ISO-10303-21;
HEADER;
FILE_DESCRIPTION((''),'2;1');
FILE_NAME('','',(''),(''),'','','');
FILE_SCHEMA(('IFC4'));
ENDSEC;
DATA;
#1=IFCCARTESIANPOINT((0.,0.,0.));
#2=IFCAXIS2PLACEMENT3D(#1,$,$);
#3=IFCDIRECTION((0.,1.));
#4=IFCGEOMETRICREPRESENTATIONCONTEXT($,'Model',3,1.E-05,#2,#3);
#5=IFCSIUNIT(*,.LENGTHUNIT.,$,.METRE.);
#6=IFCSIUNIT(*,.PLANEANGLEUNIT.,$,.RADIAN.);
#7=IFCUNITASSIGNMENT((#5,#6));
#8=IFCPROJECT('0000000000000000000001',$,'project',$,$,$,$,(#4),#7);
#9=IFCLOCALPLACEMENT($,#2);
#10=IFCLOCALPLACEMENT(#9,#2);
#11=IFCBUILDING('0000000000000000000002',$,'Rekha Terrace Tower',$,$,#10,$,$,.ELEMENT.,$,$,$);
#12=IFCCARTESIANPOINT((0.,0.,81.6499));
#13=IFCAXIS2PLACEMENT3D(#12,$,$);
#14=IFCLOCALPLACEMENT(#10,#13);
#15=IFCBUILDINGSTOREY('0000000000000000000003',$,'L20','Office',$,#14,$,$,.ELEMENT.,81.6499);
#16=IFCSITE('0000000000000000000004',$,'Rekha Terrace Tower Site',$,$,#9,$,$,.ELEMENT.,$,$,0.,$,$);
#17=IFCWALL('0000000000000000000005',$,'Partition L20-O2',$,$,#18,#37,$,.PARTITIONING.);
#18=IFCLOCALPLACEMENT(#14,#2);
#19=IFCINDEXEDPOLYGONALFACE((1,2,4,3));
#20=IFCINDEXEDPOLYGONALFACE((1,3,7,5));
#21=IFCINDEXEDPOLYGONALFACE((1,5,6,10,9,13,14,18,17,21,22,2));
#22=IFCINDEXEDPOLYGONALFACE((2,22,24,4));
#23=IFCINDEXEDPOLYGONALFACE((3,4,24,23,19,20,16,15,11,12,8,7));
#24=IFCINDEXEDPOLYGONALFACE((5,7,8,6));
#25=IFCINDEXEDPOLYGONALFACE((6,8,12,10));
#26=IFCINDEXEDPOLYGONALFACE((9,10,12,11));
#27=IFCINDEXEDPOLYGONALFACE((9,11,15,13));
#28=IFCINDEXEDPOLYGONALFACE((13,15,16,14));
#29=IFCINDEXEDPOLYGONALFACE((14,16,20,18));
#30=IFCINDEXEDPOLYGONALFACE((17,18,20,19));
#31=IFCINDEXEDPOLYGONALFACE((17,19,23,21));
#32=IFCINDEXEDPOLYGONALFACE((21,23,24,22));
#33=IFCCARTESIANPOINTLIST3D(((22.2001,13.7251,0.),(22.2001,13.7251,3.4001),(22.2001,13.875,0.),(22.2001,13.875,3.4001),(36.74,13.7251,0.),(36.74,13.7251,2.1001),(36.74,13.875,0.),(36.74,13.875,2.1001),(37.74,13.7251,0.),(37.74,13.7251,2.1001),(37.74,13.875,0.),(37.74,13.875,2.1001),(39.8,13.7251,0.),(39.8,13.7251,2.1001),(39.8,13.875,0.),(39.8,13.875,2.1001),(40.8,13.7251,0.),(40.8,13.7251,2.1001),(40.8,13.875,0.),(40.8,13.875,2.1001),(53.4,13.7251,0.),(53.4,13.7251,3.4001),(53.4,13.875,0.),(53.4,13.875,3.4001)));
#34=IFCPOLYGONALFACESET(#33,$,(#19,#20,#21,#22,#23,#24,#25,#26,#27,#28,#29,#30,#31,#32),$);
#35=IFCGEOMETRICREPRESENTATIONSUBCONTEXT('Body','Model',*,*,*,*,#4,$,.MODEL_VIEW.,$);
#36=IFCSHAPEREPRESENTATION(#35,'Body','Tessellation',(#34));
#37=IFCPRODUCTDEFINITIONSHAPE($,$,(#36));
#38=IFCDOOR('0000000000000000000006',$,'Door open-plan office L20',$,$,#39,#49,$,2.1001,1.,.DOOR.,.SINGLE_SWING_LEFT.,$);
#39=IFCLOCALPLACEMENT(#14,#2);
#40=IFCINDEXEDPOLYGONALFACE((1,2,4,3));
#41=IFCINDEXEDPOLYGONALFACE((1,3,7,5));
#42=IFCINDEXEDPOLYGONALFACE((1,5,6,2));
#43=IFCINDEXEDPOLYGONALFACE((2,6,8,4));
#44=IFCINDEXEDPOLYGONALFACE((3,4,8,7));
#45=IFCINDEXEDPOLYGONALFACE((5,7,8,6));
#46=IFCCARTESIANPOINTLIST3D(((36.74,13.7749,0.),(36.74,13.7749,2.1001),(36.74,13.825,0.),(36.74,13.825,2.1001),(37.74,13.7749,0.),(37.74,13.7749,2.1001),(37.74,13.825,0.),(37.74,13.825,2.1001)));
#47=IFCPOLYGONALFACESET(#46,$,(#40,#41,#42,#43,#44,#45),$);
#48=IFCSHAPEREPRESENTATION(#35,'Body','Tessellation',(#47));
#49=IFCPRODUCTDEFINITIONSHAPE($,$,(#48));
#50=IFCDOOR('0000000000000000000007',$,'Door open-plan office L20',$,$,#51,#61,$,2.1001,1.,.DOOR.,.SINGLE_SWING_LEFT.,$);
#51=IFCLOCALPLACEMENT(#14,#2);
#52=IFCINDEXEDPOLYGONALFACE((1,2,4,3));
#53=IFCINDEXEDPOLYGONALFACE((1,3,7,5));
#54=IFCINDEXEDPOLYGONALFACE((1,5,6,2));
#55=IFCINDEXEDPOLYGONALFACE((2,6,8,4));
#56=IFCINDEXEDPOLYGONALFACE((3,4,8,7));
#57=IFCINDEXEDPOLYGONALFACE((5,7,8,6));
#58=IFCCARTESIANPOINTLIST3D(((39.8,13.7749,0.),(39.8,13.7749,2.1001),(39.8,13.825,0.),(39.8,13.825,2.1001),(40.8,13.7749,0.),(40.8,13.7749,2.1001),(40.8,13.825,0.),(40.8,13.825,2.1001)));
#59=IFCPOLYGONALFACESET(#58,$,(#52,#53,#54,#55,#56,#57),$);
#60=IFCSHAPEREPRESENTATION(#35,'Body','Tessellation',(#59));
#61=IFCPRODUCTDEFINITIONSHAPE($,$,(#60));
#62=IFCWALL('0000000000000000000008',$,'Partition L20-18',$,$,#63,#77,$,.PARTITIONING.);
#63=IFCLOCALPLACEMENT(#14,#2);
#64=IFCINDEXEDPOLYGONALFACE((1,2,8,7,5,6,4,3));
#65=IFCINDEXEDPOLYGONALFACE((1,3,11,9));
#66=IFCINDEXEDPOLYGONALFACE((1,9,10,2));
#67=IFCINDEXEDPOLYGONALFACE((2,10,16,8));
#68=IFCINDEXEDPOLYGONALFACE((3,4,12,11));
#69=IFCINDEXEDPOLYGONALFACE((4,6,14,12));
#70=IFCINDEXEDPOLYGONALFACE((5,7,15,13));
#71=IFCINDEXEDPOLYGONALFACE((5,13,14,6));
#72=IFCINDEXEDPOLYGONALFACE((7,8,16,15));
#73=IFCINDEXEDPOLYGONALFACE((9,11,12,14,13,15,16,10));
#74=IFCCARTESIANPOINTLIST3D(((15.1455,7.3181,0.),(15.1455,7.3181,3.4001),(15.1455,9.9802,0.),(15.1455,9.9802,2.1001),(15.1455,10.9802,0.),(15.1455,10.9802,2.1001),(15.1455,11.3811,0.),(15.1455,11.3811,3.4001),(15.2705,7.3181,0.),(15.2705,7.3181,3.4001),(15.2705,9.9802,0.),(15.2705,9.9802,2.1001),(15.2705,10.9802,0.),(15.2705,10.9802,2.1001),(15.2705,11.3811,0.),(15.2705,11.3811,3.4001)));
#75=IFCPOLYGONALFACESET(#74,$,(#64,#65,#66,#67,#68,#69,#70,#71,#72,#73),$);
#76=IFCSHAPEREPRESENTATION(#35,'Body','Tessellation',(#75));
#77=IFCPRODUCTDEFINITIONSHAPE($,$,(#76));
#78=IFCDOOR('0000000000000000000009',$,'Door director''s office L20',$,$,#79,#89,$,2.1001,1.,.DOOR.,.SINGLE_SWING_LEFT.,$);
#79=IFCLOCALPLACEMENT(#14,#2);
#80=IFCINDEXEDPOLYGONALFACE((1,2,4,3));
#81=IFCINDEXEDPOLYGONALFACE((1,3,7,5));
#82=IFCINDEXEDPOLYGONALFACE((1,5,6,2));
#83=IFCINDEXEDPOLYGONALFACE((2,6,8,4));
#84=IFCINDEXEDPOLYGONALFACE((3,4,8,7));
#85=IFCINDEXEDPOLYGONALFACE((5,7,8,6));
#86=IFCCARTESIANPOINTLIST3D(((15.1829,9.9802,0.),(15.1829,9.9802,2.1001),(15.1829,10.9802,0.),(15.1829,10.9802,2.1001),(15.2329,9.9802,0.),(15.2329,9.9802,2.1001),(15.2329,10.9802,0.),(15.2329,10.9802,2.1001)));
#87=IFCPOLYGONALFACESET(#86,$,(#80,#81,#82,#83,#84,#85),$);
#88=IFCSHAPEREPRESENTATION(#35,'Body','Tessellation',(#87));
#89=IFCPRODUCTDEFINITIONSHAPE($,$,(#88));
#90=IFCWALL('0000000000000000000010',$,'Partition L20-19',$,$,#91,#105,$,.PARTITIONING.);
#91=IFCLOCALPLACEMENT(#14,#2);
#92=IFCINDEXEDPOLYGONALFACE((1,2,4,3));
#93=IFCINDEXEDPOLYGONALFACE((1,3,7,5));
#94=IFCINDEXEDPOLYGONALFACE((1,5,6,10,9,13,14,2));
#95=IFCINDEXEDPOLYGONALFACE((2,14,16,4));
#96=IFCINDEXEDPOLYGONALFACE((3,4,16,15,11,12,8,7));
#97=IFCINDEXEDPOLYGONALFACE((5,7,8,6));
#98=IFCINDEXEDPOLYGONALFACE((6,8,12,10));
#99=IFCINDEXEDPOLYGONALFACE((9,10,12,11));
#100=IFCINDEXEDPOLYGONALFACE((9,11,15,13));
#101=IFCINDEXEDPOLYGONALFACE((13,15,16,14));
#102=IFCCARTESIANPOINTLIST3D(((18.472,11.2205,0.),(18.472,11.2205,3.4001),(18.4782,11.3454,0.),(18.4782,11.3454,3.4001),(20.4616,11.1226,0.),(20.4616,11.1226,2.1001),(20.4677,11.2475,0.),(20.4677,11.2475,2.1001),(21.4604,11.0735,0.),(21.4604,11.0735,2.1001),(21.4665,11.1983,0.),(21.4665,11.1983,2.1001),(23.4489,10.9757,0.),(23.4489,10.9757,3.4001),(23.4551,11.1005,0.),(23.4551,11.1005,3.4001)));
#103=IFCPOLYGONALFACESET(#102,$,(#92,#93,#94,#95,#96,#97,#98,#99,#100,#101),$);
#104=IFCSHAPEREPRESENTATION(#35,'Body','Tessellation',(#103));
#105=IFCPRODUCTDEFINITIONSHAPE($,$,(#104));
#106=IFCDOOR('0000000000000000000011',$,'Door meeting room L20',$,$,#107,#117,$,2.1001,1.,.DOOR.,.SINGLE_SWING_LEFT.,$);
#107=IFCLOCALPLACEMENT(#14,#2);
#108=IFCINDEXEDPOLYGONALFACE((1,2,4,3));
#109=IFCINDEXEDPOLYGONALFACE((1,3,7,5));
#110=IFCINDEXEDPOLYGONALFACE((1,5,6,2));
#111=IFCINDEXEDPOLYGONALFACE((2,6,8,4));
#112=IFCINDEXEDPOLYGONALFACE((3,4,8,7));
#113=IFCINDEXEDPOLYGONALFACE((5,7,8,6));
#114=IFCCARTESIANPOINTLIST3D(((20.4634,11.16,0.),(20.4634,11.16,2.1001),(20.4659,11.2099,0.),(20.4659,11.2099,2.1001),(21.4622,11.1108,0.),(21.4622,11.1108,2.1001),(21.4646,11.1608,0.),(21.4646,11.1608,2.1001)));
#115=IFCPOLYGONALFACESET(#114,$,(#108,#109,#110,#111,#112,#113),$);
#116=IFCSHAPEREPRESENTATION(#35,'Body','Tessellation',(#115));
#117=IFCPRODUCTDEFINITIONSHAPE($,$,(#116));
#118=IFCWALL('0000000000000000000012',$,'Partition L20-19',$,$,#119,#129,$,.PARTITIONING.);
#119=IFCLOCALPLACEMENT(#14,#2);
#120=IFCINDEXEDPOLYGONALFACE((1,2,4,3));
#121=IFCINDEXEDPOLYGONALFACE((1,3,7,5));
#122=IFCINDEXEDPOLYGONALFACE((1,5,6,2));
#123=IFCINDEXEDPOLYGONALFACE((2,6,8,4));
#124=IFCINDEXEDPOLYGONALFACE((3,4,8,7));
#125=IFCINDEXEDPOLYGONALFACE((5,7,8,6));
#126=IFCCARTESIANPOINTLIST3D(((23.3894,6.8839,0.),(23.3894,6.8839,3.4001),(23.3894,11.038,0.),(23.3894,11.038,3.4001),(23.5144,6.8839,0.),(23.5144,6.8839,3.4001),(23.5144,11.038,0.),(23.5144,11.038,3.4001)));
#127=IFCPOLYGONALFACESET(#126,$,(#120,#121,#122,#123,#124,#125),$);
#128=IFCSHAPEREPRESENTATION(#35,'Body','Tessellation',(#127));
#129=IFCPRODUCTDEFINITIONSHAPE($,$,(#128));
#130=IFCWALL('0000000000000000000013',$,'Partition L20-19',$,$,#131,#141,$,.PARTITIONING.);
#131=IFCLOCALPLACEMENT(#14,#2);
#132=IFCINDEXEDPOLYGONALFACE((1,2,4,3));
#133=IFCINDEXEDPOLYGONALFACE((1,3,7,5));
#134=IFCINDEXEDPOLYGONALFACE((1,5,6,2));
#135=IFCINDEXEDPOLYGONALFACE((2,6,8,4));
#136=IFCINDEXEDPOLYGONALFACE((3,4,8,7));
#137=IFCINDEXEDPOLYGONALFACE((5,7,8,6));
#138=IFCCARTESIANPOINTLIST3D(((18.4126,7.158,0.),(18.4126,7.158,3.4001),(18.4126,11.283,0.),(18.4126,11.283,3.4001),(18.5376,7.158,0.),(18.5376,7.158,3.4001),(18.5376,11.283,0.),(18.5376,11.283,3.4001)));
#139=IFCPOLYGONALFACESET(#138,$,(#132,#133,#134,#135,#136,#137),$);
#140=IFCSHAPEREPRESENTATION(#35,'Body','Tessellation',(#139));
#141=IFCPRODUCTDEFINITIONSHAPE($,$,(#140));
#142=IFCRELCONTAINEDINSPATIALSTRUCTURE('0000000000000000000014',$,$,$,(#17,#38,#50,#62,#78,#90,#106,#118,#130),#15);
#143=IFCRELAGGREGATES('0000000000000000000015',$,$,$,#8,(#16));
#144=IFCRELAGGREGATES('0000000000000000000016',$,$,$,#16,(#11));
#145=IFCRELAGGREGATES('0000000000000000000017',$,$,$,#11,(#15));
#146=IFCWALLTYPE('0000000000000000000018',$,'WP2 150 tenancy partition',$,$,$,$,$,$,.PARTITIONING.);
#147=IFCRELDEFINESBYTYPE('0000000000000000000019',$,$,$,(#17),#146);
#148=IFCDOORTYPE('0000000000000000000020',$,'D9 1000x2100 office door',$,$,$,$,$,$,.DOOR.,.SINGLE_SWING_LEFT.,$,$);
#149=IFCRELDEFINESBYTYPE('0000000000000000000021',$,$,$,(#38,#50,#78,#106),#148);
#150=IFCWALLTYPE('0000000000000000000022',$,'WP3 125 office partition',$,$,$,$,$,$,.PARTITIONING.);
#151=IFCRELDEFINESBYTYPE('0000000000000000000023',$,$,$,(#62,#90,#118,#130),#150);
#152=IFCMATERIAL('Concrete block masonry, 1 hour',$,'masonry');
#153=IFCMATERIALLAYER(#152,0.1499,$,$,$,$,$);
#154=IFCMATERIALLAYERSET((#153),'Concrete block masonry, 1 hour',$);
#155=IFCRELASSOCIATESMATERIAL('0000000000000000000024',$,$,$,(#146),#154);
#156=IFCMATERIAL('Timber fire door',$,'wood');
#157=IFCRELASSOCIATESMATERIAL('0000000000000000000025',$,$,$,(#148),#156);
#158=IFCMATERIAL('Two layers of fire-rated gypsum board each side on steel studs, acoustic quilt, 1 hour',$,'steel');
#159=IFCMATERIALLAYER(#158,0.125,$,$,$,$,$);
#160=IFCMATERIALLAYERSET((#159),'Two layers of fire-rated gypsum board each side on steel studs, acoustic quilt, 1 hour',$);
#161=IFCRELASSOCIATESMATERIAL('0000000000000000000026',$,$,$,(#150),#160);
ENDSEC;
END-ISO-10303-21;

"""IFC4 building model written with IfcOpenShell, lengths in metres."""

from ifc_helpers import new_model, si_unit, direction, frame, frame_2d, origin, place, context, subcontext, project, spatial, rectangle, extrude, material, layer, layer_set, type_object, element, fill, save


model = new_model("IFC4")

# Units and contexts
model_context = context("Model", 3, precision=1e-05, world=origin(), true_north=direction((0.0, 1.0)))
body_context = subcontext(model_context, "Body", "Model", "MODEL_VIEW")
ifc_project = project(units=[si_unit("LENGTHUNIT", "METRE"), si_unit("PLANEANGLEUNIT", "RADIAN")], contexts=[model_context])

# Site, building, storey
site_placement = place(None, origin())
site = spatial("IfcSite", under=ifc_project, at=site_placement, Name="Rekha Terrace Tower Site", CompositionType="ELEMENT", RefElevation=0.0)
building_placement = place(site_placement, origin())
building = spatial("IfcBuilding", under=site, at=building_placement, Name="Rekha Terrace Tower", CompositionType="ELEMENT")
storey_placement = place(building_placement, frame((0.0, 0.0, 81.6499)))
storey = spatial("IfcBuildingStorey", under=building, at=storey_placement, Name="L20", Description="Office", CompositionType="ELEMENT", Elevation=81.6499)

# Shared definitions
ifc_material_1 = material(Name="Concrete block masonry, 1 hour", Category="masonry")
ifc_layer_1 = layer(ifc_material_1, 0.1499)
ifc_layer_set_1 = layer_set([ifc_layer_1], Name="Concrete block masonry, 1 hour")
wall_type_1 = type_object("IfcWallType", Name="WP2 150 tenancy partition", PredefinedType="PARTITIONING", material=ifc_layer_set_1)

# Wall, openings, doors
wall_1_placement = place(storey_placement, frame((22.2, 13.8, 0.0), z_axis=(0.0, 0.0, 1.0), x_axis=(1.0, 0.0, 0.0)))
wall_1 = element("IfcWall", 1, at=wall_1_placement, inside=storey, type_object=wall_type_1, Name="Partition L20-O2", PredefinedType="PARTITIONING", context=body_context, shape_type="SweptSolid", body=[
    extrude(rectangle(XDim=31.2, YDim=0.1499, at=frame_2d((15.6001, 0.0))), origin(), (0.0, 0.0, 1.0), 3.4001),
])
opening_1_placement = place(wall_1_placement, frame((14.54, 0.0, 0.0)))
opening_1 = element("IfcOpeningElement", 2, at=opening_1_placement, cuts=wall_1, PredefinedType="OPENING", context=body_context, shape_type="SweptSolid", body=[
    extrude(rectangle(XDim=1.0, YDim=2.1001, at=frame_2d((0.5, 1.05))), frame((0.0, 0.085, 0.0), z_axis=(0.0, -1.0, 0.0), x_axis=(1.0, 0.0, 0.0)), (0.0, 0.0, 1.0), 0.1699),
])
opening_2_placement = place(wall_1_placement, frame((17.6001, 0.0, 0.0)))
opening_2 = element("IfcOpeningElement", 3, at=opening_2_placement, cuts=wall_1, PredefinedType="OPENING", context=body_context, shape_type="SweptSolid", body=[
    extrude(rectangle(XDim=1.0, YDim=2.1001, at=frame_2d((0.5, 1.05))), frame((0.0, 0.085, 0.0), z_axis=(0.0, -1.0, 0.0), x_axis=(1.0, 0.0, 0.0)), (0.0, 0.0, 1.0), 0.1699),
])
ifc_material_2 = material(Name="Timber fire door", Category="wood")
door_type_1 = type_object("IfcDoorType", Name="D9 1000x2100 office door", OperationType="SINGLE_SWING_LEFT", PredefinedType="DOOR", material=ifc_material_2)
door_1_placement = place(opening_1_placement, origin())
door_1 = element("IfcDoor", 4, at=door_1_placement, inside=storey, type_object=door_type_1, Name="Door open-plan office L20", OperationType="SINGLE_SWING_LEFT", OverallHeight=2.1001, OverallWidth=1.0, PredefinedType="DOOR", context=body_context, shape_type="SweptSolid", body=[
    extrude(rectangle(XDim=1.0, YDim=2.1001, at=frame_2d((0.5, 1.05))), frame((0.0, 0.0249, 0.0), z_axis=(0.0, -1.0, 0.0), x_axis=(1.0, 0.0, 0.0)), (0.0, 0.0, 1.0), 0.05),
])
fill(opening_1, door_1)
door_2_placement = place(opening_2_placement, origin())
door_2 = element("IfcDoor", 5, at=door_2_placement, inside=storey, type_object=door_type_1, Name="Door open-plan office L20", OperationType="SINGLE_SWING_LEFT", OverallHeight=2.1001, OverallWidth=1.0, PredefinedType="DOOR", context=body_context, shape_type="SweptSolid", body=[
    extrude(rectangle(XDim=1.0, YDim=2.1001, at=frame_2d((0.5, 1.05))), frame((0.0, 0.0249, 0.0), z_axis=(0.0, -1.0, 0.0), x_axis=(1.0, 0.0, 0.0)), (0.0, 0.0, 1.0), 0.05),
])
fill(opening_2, door_2)

# Walls, openings, doors
ifc_material_3 = material(Name="Two layers of fire-rated gypsum board each side on steel studs, acoustic quilt, 1 hour", Category="steel")
ifc_layer_2 = layer(ifc_material_3, 0.125)
ifc_layer_set_2 = layer_set([ifc_layer_2], Name="Two layers of fire-rated gypsum board each side on steel studs, acoustic quilt, 1 hour")
wall_type_2 = type_object("IfcWallType", Name="WP3 125 office partition", PredefinedType="PARTITIONING", material=ifc_layer_set_2)
wall_2_placement = place(storey_placement, frame((15.208, 11.3811, 0.0), z_axis=(0.0, 0.0, 1.0), x_axis=(0.0, -1.0, 0.0)))
wall_2 = element("IfcWall", 6, at=wall_2_placement, inside=storey, type_object=wall_type_2, Name="Partition L20-18", PredefinedType="PARTITIONING", context=body_context, shape_type="SweptSolid", body=[
    extrude(rectangle(XDim=4.063, YDim=0.125, at=frame_2d((2.0315, 0.0))), origin(), (0.0, 0.0, 1.0), 3.4001),
])
opening_3_placement = place(wall_2_placement, frame((0.4009, 0.0, 0.0)))
opening_3 = element("IfcOpeningElement", 7, at=opening_3_placement, cuts=wall_2, PredefinedType="OPENING", context=body_context, shape_type="SweptSolid", body=[
    extrude(rectangle(XDim=1.0, YDim=2.1001, at=frame_2d((0.5, 1.05))), frame((0.0, 0.0725, 0.0), z_axis=(0.0, -1.0, 0.0), x_axis=(1.0, 0.0, 0.0)), (0.0, 0.0, 1.0), 0.145),
])
door_3_placement = place(opening_3_placement, origin())
door_3 = element("IfcDoor", 8, at=door_3_placement, inside=storey, type_object=door_type_1, Name="Door director's office L20", OperationType="SINGLE_SWING_LEFT", OverallHeight=2.1001, OverallWidth=1.0, PredefinedType="DOOR", context=body_context, shape_type="SweptSolid", body=[
    extrude(rectangle(XDim=1.0, YDim=2.1001, at=frame_2d((0.5, 1.05))), frame((0.0, 0.0249, 0.0), z_axis=(0.0, -1.0, 0.0), x_axis=(1.0, 0.0, 0.0)), (0.0, 0.0, 1.0), 0.05),
])
fill(opening_3, door_3)
wall_3_placement = place(storey_placement, frame((18.4751, 11.283, 0.0), z_axis=(0.0, 0.0, 1.0), x_axis=(0.998792, -0.049143, 0.0)))
wall_3 = element("IfcWall", 9, at=wall_3_placement, inside=storey, type_object=wall_type_2, Name="Partition L20-19", PredefinedType="PARTITIONING", context=body_context, shape_type="SweptSolid", body=[
    extrude(rectangle(XDim=4.9829, YDim=0.125, at=frame_2d((2.4915, 0.0))), origin(), (0.0, 0.0, 1.0), 3.4001),
])
opening_4_placement = place(wall_3_placement, frame((1.9919, 0.0, 0.0)))
opening_4 = element("IfcOpeningElement", 10, at=opening_4_placement, cuts=wall_3, PredefinedType="OPENING", context=body_context, shape_type="SweptSolid", body=[
    extrude(rectangle(XDim=1.0, YDim=2.1001, at=frame_2d((0.5, 1.05))), frame((0.0, 0.0725, 0.0), z_axis=(0.0, -1.0, 0.0), x_axis=(1.0, 0.0, 0.0)), (0.0, 0.0, 1.0), 0.145),
])
door_4_placement = place(opening_4_placement, origin())
door_4 = element("IfcDoor", 11, at=door_4_placement, inside=storey, type_object=door_type_1, Name="Door meeting room L20", OperationType="SINGLE_SWING_LEFT", OverallHeight=2.1001, OverallWidth=1.0, PredefinedType="DOOR", context=body_context, shape_type="SweptSolid", body=[
    extrude(rectangle(XDim=1.0, YDim=2.1001, at=frame_2d((0.5, 1.05))), frame((0.0, 0.0249, 0.0), z_axis=(0.0, -1.0, 0.0), x_axis=(1.0, 0.0, 0.0)), (0.0, 0.0, 1.0), 0.05),
])
fill(opening_4, door_4)

# Walls
wall_4_placement = place(storey_placement, frame((23.4519, 11.0381, 0.0), z_axis=(0.0, 0.0, 1.0), x_axis=(0.0, -1.0, 0.0)))
element("IfcWall", 12, at=wall_4_placement, inside=storey, type_object=wall_type_2, Name="Partition L20-19", PredefinedType="PARTITIONING", context=body_context, shape_type="SweptSolid", body=[
    extrude(rectangle(XDim=4.1541, YDim=0.125, at=frame_2d((2.0771, 0.0))), origin(), (0.0, 0.0, 1.0), 3.4001),
])
wall_5_placement = place(storey_placement, frame((18.4751, 7.158, 0.0), z_axis=(0.0, 0.0, 1.0), x_axis=(0.0, 1.0, 0.0)))
element("IfcWall", 13, at=wall_5_placement, inside=storey, type_object=wall_type_2, Name="Partition L20-19", PredefinedType="PARTITIONING", context=body_context, shape_type="SweptSolid", body=[
    extrude(rectangle(XDim=4.125, YDim=0.125, at=frame_2d((2.0625, 0.0))), origin(), (0.0, 0.0, 1.0), 3.4001),
])

save(model, "model.ifc")
